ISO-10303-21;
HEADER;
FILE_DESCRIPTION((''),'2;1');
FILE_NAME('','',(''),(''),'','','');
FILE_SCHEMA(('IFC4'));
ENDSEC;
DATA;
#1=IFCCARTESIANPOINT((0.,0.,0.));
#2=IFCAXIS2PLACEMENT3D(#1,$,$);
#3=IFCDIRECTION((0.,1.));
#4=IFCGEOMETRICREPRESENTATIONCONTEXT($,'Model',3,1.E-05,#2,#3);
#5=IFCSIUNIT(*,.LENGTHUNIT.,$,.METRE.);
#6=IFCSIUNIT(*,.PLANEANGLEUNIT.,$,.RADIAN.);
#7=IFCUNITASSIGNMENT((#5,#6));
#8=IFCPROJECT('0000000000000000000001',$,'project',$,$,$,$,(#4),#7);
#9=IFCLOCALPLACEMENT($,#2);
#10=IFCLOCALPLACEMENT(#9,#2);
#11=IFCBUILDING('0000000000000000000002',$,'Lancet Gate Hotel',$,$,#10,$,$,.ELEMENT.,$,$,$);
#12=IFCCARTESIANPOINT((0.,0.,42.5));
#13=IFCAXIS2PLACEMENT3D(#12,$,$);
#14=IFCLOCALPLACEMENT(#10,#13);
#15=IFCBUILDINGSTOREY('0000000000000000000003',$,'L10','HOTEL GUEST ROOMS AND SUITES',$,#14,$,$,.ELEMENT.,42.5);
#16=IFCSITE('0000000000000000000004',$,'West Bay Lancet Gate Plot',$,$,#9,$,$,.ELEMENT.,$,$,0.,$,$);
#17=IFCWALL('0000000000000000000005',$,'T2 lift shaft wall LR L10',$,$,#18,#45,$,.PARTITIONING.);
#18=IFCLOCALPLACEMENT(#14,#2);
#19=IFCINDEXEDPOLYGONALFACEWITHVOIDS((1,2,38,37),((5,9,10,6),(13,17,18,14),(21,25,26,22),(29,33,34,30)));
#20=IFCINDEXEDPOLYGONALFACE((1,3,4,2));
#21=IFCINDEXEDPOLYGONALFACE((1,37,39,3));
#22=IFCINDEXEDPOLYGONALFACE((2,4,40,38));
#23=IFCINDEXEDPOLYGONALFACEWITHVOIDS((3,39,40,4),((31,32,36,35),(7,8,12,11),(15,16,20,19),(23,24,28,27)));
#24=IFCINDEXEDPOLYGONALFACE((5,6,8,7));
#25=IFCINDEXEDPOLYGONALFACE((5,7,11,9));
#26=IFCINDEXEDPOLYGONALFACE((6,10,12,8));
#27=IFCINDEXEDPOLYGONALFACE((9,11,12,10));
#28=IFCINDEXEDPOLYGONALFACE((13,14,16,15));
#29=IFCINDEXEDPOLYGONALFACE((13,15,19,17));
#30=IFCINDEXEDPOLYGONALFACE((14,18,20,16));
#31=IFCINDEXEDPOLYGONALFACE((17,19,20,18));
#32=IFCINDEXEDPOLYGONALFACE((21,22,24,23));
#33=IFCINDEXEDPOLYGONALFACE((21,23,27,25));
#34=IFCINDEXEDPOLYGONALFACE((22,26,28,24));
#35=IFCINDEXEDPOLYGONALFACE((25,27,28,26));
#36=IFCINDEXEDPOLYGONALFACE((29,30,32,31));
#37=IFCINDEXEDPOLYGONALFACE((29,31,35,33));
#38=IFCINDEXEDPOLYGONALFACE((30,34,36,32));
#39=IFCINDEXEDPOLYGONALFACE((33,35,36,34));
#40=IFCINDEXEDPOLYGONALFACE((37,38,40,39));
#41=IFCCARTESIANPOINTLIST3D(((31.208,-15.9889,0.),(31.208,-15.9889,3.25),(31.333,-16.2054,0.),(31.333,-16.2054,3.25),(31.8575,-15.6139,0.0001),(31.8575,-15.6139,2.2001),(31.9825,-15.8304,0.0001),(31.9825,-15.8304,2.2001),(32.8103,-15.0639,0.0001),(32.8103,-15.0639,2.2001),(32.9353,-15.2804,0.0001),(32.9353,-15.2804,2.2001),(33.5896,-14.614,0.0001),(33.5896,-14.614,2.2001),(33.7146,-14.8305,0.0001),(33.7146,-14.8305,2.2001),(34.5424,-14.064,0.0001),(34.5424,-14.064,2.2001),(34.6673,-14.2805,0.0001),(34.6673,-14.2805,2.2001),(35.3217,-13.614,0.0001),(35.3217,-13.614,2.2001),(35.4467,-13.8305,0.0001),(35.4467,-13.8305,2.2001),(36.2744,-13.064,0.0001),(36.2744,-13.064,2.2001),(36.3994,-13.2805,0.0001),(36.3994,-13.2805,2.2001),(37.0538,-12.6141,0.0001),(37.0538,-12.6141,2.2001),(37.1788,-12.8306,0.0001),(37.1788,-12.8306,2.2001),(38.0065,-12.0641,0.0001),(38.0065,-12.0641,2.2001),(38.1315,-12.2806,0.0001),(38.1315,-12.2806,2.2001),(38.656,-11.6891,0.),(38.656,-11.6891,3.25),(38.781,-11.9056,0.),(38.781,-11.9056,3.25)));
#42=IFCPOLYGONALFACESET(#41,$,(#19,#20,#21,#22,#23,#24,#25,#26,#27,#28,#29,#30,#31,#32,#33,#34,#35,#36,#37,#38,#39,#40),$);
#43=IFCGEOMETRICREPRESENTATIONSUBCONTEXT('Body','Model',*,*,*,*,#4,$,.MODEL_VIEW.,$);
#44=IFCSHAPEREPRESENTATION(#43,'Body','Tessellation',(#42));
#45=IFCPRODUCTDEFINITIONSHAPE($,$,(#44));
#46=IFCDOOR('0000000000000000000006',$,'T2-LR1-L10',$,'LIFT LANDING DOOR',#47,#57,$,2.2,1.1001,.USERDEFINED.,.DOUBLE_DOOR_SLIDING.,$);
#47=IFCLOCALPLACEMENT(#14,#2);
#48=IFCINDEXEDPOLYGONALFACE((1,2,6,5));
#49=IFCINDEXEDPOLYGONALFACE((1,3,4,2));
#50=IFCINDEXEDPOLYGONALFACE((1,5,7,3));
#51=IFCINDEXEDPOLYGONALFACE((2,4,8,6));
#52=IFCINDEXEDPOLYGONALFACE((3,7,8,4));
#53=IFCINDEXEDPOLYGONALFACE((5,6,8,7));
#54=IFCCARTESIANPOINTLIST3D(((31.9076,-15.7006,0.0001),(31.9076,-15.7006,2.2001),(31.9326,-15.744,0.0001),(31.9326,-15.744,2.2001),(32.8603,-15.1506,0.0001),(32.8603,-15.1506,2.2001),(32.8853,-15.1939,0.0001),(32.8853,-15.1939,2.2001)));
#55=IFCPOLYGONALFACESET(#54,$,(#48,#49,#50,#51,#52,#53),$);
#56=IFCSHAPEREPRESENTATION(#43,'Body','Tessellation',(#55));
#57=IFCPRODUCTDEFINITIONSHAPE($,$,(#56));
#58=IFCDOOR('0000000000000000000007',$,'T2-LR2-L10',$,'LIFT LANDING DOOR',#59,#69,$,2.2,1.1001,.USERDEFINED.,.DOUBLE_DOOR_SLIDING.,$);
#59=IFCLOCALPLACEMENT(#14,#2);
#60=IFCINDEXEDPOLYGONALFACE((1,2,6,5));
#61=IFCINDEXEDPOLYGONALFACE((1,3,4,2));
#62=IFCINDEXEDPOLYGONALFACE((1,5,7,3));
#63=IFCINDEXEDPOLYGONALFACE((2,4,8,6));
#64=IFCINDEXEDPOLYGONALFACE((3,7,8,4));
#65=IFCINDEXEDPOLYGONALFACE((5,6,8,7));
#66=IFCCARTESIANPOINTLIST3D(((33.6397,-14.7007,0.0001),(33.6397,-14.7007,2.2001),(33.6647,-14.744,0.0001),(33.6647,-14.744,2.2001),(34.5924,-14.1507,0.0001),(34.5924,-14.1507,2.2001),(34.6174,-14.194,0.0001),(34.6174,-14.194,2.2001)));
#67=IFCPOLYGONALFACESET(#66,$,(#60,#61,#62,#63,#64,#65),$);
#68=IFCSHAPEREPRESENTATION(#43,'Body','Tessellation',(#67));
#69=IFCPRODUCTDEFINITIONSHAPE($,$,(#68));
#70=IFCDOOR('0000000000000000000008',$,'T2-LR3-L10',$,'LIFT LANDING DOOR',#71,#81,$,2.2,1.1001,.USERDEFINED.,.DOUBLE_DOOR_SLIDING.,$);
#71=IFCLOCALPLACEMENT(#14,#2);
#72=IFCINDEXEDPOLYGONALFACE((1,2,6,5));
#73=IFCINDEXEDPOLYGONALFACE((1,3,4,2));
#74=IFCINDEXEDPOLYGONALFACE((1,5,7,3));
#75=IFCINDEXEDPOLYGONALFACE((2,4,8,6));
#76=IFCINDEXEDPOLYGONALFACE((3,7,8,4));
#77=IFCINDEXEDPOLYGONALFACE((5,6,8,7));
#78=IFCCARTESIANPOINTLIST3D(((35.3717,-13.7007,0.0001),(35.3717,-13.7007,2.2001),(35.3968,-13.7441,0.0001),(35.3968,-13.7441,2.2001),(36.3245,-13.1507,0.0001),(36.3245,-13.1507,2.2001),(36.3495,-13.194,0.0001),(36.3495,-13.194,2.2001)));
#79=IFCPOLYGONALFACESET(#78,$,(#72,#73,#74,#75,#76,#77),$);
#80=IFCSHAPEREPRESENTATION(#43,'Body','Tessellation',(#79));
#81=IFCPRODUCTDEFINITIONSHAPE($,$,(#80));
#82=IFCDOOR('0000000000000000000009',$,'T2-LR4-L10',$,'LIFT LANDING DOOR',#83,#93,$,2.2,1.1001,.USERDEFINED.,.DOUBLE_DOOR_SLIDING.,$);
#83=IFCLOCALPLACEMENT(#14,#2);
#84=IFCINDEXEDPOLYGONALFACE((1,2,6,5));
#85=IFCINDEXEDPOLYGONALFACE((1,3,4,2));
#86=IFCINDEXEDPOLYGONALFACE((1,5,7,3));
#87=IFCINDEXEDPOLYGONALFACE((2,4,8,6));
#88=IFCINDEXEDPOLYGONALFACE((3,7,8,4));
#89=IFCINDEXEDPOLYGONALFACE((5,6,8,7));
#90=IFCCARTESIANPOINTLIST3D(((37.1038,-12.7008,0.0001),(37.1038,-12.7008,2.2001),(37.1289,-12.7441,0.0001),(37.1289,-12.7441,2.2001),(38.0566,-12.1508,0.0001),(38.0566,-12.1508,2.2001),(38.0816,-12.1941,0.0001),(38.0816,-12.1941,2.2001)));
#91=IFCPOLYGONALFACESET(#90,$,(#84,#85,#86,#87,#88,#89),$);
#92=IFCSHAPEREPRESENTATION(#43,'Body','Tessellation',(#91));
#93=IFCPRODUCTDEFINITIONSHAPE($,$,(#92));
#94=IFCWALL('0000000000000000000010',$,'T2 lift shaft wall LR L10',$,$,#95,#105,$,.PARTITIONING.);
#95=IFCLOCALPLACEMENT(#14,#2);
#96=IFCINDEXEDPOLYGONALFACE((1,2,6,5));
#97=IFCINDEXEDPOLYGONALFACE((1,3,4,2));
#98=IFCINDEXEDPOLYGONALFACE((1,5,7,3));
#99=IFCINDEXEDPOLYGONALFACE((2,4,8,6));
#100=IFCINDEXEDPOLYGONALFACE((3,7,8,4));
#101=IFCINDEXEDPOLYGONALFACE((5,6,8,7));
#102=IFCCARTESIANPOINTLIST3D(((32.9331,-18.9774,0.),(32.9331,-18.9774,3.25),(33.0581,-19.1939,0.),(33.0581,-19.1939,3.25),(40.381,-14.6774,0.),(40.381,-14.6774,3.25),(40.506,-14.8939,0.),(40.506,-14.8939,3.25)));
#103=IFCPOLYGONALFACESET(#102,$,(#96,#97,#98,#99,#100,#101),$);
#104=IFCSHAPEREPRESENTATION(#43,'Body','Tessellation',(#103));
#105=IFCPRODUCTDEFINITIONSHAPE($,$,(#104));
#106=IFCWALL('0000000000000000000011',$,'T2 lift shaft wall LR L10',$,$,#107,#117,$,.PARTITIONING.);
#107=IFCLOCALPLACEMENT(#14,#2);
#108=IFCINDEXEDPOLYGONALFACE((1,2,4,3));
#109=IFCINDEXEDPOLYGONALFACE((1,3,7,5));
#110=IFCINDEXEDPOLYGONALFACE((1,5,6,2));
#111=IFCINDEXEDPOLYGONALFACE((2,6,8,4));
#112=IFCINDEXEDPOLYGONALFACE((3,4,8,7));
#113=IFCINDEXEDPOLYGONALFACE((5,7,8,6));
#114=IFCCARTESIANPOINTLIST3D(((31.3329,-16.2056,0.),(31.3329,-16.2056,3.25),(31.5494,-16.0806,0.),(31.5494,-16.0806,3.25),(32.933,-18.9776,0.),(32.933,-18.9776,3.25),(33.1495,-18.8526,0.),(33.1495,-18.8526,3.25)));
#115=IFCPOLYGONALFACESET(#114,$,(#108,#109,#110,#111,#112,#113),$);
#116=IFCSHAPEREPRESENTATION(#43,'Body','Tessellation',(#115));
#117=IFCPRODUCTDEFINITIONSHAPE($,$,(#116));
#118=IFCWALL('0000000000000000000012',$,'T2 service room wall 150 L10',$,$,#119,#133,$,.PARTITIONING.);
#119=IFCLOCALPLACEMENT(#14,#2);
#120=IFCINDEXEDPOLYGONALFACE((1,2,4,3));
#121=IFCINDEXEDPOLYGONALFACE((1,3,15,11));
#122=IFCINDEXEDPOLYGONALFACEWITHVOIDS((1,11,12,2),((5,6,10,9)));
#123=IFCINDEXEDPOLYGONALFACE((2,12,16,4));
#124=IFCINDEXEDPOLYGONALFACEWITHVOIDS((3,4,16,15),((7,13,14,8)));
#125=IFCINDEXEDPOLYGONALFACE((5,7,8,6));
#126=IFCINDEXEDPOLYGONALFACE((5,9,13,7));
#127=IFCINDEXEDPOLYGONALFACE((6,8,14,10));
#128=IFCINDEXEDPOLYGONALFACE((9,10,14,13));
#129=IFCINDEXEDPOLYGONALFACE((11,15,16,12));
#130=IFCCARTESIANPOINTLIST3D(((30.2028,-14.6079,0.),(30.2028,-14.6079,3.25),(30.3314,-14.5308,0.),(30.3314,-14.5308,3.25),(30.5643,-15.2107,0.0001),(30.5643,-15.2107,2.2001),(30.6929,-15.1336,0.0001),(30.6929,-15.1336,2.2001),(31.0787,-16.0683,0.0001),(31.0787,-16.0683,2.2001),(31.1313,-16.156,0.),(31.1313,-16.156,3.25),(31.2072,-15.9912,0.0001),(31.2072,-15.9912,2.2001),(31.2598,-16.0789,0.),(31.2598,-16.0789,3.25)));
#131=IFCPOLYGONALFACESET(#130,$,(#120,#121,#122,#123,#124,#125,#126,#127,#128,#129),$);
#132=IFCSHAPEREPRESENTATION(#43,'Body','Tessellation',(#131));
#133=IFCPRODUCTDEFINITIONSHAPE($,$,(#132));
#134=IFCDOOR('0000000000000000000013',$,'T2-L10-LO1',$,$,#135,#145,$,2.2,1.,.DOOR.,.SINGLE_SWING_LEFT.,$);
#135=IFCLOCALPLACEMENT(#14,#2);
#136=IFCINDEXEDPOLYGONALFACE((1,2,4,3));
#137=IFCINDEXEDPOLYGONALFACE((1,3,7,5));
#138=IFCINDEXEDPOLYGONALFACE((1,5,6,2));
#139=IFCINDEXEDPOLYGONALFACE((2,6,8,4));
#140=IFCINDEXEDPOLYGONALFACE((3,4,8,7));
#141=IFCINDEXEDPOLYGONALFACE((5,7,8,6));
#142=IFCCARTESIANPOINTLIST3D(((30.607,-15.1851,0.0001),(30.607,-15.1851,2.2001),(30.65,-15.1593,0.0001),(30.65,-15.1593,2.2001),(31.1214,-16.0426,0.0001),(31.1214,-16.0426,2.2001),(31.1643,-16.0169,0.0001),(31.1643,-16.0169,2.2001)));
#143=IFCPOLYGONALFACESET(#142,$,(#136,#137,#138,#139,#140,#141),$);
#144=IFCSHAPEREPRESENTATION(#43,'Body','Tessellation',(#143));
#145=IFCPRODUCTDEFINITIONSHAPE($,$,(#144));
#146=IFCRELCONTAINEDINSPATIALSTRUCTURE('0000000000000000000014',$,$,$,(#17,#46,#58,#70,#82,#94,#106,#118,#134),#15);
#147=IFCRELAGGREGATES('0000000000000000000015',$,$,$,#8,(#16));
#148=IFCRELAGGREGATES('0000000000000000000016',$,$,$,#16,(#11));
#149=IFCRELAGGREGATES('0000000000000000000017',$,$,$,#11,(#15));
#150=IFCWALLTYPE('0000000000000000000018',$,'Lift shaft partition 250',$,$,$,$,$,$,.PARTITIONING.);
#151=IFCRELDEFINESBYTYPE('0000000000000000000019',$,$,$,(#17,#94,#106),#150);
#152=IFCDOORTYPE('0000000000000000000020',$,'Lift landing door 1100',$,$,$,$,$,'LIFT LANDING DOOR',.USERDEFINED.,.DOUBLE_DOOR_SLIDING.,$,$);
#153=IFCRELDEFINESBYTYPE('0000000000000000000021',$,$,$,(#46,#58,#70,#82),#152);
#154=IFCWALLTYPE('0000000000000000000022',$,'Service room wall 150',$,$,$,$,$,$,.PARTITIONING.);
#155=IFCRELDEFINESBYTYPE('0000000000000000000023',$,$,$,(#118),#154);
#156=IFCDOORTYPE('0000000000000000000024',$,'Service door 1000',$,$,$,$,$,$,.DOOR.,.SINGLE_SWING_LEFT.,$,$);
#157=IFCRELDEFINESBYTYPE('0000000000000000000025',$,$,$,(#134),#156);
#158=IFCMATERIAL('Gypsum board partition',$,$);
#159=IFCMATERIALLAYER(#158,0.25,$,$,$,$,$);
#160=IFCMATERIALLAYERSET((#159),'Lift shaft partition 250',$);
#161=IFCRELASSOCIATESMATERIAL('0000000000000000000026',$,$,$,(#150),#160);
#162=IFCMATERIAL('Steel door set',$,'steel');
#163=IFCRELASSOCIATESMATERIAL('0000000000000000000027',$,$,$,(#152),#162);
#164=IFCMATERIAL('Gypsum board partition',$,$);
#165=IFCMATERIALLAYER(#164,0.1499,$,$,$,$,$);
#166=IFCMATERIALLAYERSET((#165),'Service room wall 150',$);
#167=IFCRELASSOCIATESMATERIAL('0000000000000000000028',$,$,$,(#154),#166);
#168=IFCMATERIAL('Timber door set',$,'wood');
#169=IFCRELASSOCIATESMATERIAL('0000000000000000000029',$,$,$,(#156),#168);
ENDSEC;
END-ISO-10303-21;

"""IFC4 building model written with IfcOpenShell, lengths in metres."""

from ifc_helpers import new_model, si_unit, direction, frame, frame_2d, origin, place, context, subcontext, project, spatial, rectangle, extrude, material, layer, layer_set, type_object, element, fill, save


model = new_model("IFC4")

# Units and contexts
model_context = context("Model", 3, precision=1e-05, world=origin(), true_north=direction((0.0, 1.0)))
body_context = subcontext(model_context, "Body", "Model", "MODEL_VIEW")
ifc_project = project(units=[si_unit("LENGTHUNIT", "METRE"), si_unit("PLANEANGLEUNIT", "RADIAN")], contexts=[model_context])

# Site, building, storey
site_placement = place(None, origin())
site = spatial("IfcSite", under=ifc_project, at=site_placement, Name="West Bay Lancet Gate Plot", CompositionType="ELEMENT", RefElevation=0.0)
building_placement = place(site_placement, origin())
building = spatial("IfcBuilding", under=site, at=building_placement, Name="Lancet Gate Hotel", CompositionType="ELEMENT")
storey_placement = place(building_placement, frame((0.0, 0.0, 42.5)))
storey = spatial("IfcBuildingStorey", under=building, at=storey_placement, Name="L10", Description="HOTEL GUEST ROOMS AND SUITES", CompositionType="ELEMENT", Elevation=42.5)

# Wall, openings, doors
ifc_material_1 = material(Name="Gypsum board partition")
ifc_layer_1 = layer(ifc_material_1, 0.25)
ifc_layer_set_1 = layer_set([ifc_layer_1], Name="Lift shaft partition 250")
wall_type_1 = type_object("IfcWallType", Name="Lift shaft partition 250", PredefinedType="PARTITIONING", material=ifc_layer_set_1)
wall_1_placement = place(storey_placement, frame((31.2705, -16.0972, 0.0), z_axis=(0.0, 0.0, 1.0), x_axis=(0.86604, 0.499974, 0.0)))
wall_1 = element("IfcWall", 1, at=wall_1_placement, inside=storey, type_object=wall_type_1, Name="T2 lift shaft wall LR L10", PredefinedType="PARTITIONING", context=body_context, shape_type="SweptSolid", body=[
    extrude(rectangle(XDim=8.6001, YDim=0.25, at=frame_2d((4.3, 0.0))), origin(), (0.0, 0.0, 1.0), 3.25),
])
opening_1_placement = place(wall_1_placement, frame((0.75, 0.0, 0.0)))
opening_1 = element("IfcOpeningElement", 2, at=opening_1_placement, cuts=wall_1, PredefinedType="OPENING", context=body_context, shape_type="SweptSolid", body=[
    extrude(rectangle(XDim=1.1001, YDim=2.2, at=frame_2d((0.55, 1.1001))), frame((0.0, 0.135, 0.0), z_axis=(0.0, -1.0, 0.0), x_axis=(1.0, 0.0, 0.0)), (0.0, 0.0, 1.0), 0.27),
])
opening_2_placement = place(wall_1_placement, frame((2.75, 0.0, 0.0)))
opening_2 = element("IfcOpeningElement", 3, at=opening_2_placement, cuts=wall_1, PredefinedType="OPENING", context=body_context, shape_type="SweptSolid", body=[
    extrude(rectangle(XDim=1.1001, YDim=2.2, at=frame_2d((0.55, 1.1001))), frame((0.0, 0.135, 0.0), z_axis=(0.0, -1.0, 0.0), x_axis=(1.0, 0.0, 0.0)), (0.0, 0.0, 1.0), 0.27),
])
opening_3_placement = place(wall_1_placement, frame((4.75, 0.0, 0.0)))
opening_3 = element("IfcOpeningElement", 4, at=opening_3_placement, cuts=wall_1, PredefinedType="OPENING", context=body_context, shape_type="SweptSolid", body=[
    extrude(rectangle(XDim=1.1001, YDim=2.2, at=frame_2d((0.55, 1.1001))), frame((0.0, 0.135, 0.0), z_axis=(0.0, -1.0, 0.0), x_axis=(1.0, 0.0, 0.0)), (0.0, 0.0, 1.0), 0.27),
])
opening_4_placement = place(wall_1_placement, frame((6.75, 0.0, 0.0)))
opening_4 = element("IfcOpeningElement", 5, at=opening_4_placement, cuts=wall_1, PredefinedType="OPENING", context=body_context, shape_type="SweptSolid", body=[
    extrude(rectangle(XDim=1.1001, YDim=2.2, at=frame_2d((0.55, 1.1001))), frame((0.0, 0.135, 0.0), z_axis=(0.0, -1.0, 0.0), x_axis=(1.0, 0.0, 0.0)), (0.0, 0.0, 1.0), 0.27),
])
ifc_material_2 = material(Name="Steel door set", Category="steel")
door_type_1 = type_object("IfcDoorType", Name="Lift landing door 1100", ElementType="LIFT LANDING DOOR", OperationType="DOUBLE_DOOR_SLIDING", PredefinedType="USERDEFINED", material=ifc_material_2)
door_1_placement = place(opening_1_placement, origin())
door_1 = element("IfcDoor", 6, at=door_1_placement, inside=storey, type_object=door_type_1, Name="T2-LR1-L10", ObjectType="LIFT LANDING DOOR", OperationType="DOUBLE_DOOR_SLIDING", OverallHeight=2.2, OverallWidth=1.1001, PredefinedType="USERDEFINED", context=body_context, shape_type="SweptSolid", body=[
    extrude(rectangle(XDim=1.1001, YDim=2.2, at=frame_2d((0.55, 1.1001))), frame((0.0, 0.0249, 0.0), z_axis=(0.0, -1.0, 0.0), x_axis=(1.0, 0.0, 0.0)), (0.0, 0.0, 1.0), 0.05),
])
fill(opening_1, door_1)
door_2_placement = place(opening_2_placement, origin())
door_2 = element("IfcDoor", 7, at=door_2_placement, inside=storey, type_object=door_type_1, Name="T2-LR2-L10", ObjectType="LIFT LANDING DOOR", OperationType="DOUBLE_DOOR_SLIDING", OverallHeight=2.2, OverallWidth=1.1001, PredefinedType="USERDEFINED", context=body_context, shape_type="SweptSolid", body=[
    extrude(rectangle(XDim=1.1001, YDim=2.2, at=frame_2d((0.55, 1.1001))), frame((0.0, 0.0249, 0.0), z_axis=(0.0, -1.0, 0.0), x_axis=(1.0, 0.0, 0.0)), (0.0, 0.0, 1.0), 0.05),
])
fill(opening_2, door_2)
door_3_placement = place(opening_3_placement, origin())
door_3 = element("IfcDoor", 8, at=door_3_placement, inside=storey, type_object=door_type_1, Name="T2-LR3-L10", ObjectType="LIFT LANDING DOOR", OperationType="DOUBLE_DOOR_SLIDING", OverallHeight=2.2, OverallWidth=1.1001, PredefinedType="USERDEFINED", context=body_context, shape_type="SweptSolid", body=[
    extrude(rectangle(XDim=1.1001, YDim=2.2, at=frame_2d((0.55, 1.1001))), frame((0.0, 0.0249, 0.0), z_axis=(0.0, -1.0, 0.0), x_axis=(1.0, 0.0, 0.0)), (0.0, 0.0, 1.0), 0.05),
])
fill(opening_3, door_3)
door_4_placement = place(opening_4_placement, origin())
door_4 = element("IfcDoor", 9, at=door_4_placement, inside=storey, type_object=door_type_1, Name="T2-LR4-L10", ObjectType="LIFT LANDING DOOR", OperationType="DOUBLE_DOOR_SLIDING", OverallHeight=2.2, OverallWidth=1.1001, PredefinedType="USERDEFINED", context=body_context, shape_type="SweptSolid", body=[
    extrude(rectangle(XDim=1.1001, YDim=2.2, at=frame_2d((0.55, 1.1001))), frame((0.0, 0.0249, 0.0), z_axis=(0.0, -1.0, 0.0), x_axis=(1.0, 0.0, 0.0)), (0.0, 0.0, 1.0), 0.05),
])
fill(opening_4, door_4)

# Walls
wall_2_placement = place(storey_placement, frame((32.9956, -19.0857, 0.0), z_axis=(0.0, 0.0, 1.0), x_axis=(0.866028, 0.499995, 0.0)))
element("IfcWall", 10, at=wall_2_placement, inside=storey, type_object=wall_type_1, Name="T2 lift shaft wall LR L10", PredefinedType="PARTITIONING", context=body_context, shape_type="SweptSolid", body=[
    extrude(rectangle(XDim=8.6001, YDim=0.25, at=frame_2d((4.3, 0.0))), origin(), (0.0, 0.0, 1.0), 3.25),
])
wall_3_placement = place(storey_placement, frame((31.4412, -16.1431, 0.0), z_axis=(0.0, 0.0, 1.0), x_axis=(0.499929, -0.866066, 0.0)))
element("IfcWall", 11, at=wall_3_placement, inside=storey, type_object=wall_type_1, Name="T2 lift shaft wall LR L10", PredefinedType="PARTITIONING", context=body_context, shape_type="SweptSolid", body=[
    extrude(rectangle(XDim=3.2007, YDim=0.25, at=frame_2d((1.6003, 0.0))), origin(), (0.0, 0.0, 1.0), 3.25),
])

# Wall, opening, door
ifc_material_3 = material(Name="Gypsum board partition")
ifc_layer_2 = layer(ifc_material_3, 0.1499)
ifc_layer_set_2 = layer_set([ifc_layer_2], Name="Service room wall 150")
wall_type_2 = type_object("IfcWallType", Name="Service room wall 150", PredefinedType="PARTITIONING", material=ifc_layer_set_2)
wall_4_placement = place(storey_placement, frame((30.2671, -14.5693, 0.0), z_axis=(0.0, 0.0, 1.0), x_axis=(0.514337, -0.857588, 0.0)))
wall_4 = element("IfcWall", 12, at=wall_4_placement, inside=storey, type_object=wall_type_2, Name="T2 service room wall 150 L10", PredefinedType="PARTITIONING", context=body_context, shape_type="SweptSolid", body=[
    extrude(rectangle(XDim=1.8052, YDim=0.1499, at=frame_2d((0.9026, 0.0))), origin(), (0.0, 0.0, 1.0), 3.25),
])
opening_5_placement = place(wall_4_placement, frame((0.7029, 0.0, 0.0)))
opening_5 = element("IfcOpeningElement", 13, at=opening_5_placement, cuts=wall_4, PredefinedType="OPENING", context=body_context, shape_type="SweptSolid", body=[
    extrude(rectangle(XDim=1.0, YDim=2.2, at=frame_2d((0.5, 1.1001))), frame((0.0, 0.085, 0.0), z_axis=(0.0, -1.0, 0.0), x_axis=(1.0, 0.0, 0.0)), (0.0, 0.0, 1.0), 0.1699),
])
ifc_material_4 = material(Name="Timber door set", Category="wood")
door_type_2 = type_object("IfcDoorType", Name="Service door 1000", OperationType="SINGLE_SWING_LEFT", PredefinedType="DOOR", material=ifc_material_4)
door_5_placement = place(opening_5_placement, origin())
door_5 = element("IfcDoor", 14, at=door_5_placement, inside=storey, type_object=door_type_2, Name="T2-L10-LO1", OperationType="SINGLE_SWING_LEFT", OverallHeight=2.2, OverallWidth=1.0, PredefinedType="DOOR", context=body_context, shape_type="SweptSolid", body=[
    extrude(rectangle(XDim=1.0, YDim=2.2, at=frame_2d((0.5, 1.1001))), frame((0.0, 0.0249, 0.0), z_axis=(0.0, -1.0, 0.0), x_axis=(1.0, 0.0, 0.0)), (0.0, 0.0, 1.0), 0.05),
])
fill(opening_5, door_5)

save(model, "model.ifc")
